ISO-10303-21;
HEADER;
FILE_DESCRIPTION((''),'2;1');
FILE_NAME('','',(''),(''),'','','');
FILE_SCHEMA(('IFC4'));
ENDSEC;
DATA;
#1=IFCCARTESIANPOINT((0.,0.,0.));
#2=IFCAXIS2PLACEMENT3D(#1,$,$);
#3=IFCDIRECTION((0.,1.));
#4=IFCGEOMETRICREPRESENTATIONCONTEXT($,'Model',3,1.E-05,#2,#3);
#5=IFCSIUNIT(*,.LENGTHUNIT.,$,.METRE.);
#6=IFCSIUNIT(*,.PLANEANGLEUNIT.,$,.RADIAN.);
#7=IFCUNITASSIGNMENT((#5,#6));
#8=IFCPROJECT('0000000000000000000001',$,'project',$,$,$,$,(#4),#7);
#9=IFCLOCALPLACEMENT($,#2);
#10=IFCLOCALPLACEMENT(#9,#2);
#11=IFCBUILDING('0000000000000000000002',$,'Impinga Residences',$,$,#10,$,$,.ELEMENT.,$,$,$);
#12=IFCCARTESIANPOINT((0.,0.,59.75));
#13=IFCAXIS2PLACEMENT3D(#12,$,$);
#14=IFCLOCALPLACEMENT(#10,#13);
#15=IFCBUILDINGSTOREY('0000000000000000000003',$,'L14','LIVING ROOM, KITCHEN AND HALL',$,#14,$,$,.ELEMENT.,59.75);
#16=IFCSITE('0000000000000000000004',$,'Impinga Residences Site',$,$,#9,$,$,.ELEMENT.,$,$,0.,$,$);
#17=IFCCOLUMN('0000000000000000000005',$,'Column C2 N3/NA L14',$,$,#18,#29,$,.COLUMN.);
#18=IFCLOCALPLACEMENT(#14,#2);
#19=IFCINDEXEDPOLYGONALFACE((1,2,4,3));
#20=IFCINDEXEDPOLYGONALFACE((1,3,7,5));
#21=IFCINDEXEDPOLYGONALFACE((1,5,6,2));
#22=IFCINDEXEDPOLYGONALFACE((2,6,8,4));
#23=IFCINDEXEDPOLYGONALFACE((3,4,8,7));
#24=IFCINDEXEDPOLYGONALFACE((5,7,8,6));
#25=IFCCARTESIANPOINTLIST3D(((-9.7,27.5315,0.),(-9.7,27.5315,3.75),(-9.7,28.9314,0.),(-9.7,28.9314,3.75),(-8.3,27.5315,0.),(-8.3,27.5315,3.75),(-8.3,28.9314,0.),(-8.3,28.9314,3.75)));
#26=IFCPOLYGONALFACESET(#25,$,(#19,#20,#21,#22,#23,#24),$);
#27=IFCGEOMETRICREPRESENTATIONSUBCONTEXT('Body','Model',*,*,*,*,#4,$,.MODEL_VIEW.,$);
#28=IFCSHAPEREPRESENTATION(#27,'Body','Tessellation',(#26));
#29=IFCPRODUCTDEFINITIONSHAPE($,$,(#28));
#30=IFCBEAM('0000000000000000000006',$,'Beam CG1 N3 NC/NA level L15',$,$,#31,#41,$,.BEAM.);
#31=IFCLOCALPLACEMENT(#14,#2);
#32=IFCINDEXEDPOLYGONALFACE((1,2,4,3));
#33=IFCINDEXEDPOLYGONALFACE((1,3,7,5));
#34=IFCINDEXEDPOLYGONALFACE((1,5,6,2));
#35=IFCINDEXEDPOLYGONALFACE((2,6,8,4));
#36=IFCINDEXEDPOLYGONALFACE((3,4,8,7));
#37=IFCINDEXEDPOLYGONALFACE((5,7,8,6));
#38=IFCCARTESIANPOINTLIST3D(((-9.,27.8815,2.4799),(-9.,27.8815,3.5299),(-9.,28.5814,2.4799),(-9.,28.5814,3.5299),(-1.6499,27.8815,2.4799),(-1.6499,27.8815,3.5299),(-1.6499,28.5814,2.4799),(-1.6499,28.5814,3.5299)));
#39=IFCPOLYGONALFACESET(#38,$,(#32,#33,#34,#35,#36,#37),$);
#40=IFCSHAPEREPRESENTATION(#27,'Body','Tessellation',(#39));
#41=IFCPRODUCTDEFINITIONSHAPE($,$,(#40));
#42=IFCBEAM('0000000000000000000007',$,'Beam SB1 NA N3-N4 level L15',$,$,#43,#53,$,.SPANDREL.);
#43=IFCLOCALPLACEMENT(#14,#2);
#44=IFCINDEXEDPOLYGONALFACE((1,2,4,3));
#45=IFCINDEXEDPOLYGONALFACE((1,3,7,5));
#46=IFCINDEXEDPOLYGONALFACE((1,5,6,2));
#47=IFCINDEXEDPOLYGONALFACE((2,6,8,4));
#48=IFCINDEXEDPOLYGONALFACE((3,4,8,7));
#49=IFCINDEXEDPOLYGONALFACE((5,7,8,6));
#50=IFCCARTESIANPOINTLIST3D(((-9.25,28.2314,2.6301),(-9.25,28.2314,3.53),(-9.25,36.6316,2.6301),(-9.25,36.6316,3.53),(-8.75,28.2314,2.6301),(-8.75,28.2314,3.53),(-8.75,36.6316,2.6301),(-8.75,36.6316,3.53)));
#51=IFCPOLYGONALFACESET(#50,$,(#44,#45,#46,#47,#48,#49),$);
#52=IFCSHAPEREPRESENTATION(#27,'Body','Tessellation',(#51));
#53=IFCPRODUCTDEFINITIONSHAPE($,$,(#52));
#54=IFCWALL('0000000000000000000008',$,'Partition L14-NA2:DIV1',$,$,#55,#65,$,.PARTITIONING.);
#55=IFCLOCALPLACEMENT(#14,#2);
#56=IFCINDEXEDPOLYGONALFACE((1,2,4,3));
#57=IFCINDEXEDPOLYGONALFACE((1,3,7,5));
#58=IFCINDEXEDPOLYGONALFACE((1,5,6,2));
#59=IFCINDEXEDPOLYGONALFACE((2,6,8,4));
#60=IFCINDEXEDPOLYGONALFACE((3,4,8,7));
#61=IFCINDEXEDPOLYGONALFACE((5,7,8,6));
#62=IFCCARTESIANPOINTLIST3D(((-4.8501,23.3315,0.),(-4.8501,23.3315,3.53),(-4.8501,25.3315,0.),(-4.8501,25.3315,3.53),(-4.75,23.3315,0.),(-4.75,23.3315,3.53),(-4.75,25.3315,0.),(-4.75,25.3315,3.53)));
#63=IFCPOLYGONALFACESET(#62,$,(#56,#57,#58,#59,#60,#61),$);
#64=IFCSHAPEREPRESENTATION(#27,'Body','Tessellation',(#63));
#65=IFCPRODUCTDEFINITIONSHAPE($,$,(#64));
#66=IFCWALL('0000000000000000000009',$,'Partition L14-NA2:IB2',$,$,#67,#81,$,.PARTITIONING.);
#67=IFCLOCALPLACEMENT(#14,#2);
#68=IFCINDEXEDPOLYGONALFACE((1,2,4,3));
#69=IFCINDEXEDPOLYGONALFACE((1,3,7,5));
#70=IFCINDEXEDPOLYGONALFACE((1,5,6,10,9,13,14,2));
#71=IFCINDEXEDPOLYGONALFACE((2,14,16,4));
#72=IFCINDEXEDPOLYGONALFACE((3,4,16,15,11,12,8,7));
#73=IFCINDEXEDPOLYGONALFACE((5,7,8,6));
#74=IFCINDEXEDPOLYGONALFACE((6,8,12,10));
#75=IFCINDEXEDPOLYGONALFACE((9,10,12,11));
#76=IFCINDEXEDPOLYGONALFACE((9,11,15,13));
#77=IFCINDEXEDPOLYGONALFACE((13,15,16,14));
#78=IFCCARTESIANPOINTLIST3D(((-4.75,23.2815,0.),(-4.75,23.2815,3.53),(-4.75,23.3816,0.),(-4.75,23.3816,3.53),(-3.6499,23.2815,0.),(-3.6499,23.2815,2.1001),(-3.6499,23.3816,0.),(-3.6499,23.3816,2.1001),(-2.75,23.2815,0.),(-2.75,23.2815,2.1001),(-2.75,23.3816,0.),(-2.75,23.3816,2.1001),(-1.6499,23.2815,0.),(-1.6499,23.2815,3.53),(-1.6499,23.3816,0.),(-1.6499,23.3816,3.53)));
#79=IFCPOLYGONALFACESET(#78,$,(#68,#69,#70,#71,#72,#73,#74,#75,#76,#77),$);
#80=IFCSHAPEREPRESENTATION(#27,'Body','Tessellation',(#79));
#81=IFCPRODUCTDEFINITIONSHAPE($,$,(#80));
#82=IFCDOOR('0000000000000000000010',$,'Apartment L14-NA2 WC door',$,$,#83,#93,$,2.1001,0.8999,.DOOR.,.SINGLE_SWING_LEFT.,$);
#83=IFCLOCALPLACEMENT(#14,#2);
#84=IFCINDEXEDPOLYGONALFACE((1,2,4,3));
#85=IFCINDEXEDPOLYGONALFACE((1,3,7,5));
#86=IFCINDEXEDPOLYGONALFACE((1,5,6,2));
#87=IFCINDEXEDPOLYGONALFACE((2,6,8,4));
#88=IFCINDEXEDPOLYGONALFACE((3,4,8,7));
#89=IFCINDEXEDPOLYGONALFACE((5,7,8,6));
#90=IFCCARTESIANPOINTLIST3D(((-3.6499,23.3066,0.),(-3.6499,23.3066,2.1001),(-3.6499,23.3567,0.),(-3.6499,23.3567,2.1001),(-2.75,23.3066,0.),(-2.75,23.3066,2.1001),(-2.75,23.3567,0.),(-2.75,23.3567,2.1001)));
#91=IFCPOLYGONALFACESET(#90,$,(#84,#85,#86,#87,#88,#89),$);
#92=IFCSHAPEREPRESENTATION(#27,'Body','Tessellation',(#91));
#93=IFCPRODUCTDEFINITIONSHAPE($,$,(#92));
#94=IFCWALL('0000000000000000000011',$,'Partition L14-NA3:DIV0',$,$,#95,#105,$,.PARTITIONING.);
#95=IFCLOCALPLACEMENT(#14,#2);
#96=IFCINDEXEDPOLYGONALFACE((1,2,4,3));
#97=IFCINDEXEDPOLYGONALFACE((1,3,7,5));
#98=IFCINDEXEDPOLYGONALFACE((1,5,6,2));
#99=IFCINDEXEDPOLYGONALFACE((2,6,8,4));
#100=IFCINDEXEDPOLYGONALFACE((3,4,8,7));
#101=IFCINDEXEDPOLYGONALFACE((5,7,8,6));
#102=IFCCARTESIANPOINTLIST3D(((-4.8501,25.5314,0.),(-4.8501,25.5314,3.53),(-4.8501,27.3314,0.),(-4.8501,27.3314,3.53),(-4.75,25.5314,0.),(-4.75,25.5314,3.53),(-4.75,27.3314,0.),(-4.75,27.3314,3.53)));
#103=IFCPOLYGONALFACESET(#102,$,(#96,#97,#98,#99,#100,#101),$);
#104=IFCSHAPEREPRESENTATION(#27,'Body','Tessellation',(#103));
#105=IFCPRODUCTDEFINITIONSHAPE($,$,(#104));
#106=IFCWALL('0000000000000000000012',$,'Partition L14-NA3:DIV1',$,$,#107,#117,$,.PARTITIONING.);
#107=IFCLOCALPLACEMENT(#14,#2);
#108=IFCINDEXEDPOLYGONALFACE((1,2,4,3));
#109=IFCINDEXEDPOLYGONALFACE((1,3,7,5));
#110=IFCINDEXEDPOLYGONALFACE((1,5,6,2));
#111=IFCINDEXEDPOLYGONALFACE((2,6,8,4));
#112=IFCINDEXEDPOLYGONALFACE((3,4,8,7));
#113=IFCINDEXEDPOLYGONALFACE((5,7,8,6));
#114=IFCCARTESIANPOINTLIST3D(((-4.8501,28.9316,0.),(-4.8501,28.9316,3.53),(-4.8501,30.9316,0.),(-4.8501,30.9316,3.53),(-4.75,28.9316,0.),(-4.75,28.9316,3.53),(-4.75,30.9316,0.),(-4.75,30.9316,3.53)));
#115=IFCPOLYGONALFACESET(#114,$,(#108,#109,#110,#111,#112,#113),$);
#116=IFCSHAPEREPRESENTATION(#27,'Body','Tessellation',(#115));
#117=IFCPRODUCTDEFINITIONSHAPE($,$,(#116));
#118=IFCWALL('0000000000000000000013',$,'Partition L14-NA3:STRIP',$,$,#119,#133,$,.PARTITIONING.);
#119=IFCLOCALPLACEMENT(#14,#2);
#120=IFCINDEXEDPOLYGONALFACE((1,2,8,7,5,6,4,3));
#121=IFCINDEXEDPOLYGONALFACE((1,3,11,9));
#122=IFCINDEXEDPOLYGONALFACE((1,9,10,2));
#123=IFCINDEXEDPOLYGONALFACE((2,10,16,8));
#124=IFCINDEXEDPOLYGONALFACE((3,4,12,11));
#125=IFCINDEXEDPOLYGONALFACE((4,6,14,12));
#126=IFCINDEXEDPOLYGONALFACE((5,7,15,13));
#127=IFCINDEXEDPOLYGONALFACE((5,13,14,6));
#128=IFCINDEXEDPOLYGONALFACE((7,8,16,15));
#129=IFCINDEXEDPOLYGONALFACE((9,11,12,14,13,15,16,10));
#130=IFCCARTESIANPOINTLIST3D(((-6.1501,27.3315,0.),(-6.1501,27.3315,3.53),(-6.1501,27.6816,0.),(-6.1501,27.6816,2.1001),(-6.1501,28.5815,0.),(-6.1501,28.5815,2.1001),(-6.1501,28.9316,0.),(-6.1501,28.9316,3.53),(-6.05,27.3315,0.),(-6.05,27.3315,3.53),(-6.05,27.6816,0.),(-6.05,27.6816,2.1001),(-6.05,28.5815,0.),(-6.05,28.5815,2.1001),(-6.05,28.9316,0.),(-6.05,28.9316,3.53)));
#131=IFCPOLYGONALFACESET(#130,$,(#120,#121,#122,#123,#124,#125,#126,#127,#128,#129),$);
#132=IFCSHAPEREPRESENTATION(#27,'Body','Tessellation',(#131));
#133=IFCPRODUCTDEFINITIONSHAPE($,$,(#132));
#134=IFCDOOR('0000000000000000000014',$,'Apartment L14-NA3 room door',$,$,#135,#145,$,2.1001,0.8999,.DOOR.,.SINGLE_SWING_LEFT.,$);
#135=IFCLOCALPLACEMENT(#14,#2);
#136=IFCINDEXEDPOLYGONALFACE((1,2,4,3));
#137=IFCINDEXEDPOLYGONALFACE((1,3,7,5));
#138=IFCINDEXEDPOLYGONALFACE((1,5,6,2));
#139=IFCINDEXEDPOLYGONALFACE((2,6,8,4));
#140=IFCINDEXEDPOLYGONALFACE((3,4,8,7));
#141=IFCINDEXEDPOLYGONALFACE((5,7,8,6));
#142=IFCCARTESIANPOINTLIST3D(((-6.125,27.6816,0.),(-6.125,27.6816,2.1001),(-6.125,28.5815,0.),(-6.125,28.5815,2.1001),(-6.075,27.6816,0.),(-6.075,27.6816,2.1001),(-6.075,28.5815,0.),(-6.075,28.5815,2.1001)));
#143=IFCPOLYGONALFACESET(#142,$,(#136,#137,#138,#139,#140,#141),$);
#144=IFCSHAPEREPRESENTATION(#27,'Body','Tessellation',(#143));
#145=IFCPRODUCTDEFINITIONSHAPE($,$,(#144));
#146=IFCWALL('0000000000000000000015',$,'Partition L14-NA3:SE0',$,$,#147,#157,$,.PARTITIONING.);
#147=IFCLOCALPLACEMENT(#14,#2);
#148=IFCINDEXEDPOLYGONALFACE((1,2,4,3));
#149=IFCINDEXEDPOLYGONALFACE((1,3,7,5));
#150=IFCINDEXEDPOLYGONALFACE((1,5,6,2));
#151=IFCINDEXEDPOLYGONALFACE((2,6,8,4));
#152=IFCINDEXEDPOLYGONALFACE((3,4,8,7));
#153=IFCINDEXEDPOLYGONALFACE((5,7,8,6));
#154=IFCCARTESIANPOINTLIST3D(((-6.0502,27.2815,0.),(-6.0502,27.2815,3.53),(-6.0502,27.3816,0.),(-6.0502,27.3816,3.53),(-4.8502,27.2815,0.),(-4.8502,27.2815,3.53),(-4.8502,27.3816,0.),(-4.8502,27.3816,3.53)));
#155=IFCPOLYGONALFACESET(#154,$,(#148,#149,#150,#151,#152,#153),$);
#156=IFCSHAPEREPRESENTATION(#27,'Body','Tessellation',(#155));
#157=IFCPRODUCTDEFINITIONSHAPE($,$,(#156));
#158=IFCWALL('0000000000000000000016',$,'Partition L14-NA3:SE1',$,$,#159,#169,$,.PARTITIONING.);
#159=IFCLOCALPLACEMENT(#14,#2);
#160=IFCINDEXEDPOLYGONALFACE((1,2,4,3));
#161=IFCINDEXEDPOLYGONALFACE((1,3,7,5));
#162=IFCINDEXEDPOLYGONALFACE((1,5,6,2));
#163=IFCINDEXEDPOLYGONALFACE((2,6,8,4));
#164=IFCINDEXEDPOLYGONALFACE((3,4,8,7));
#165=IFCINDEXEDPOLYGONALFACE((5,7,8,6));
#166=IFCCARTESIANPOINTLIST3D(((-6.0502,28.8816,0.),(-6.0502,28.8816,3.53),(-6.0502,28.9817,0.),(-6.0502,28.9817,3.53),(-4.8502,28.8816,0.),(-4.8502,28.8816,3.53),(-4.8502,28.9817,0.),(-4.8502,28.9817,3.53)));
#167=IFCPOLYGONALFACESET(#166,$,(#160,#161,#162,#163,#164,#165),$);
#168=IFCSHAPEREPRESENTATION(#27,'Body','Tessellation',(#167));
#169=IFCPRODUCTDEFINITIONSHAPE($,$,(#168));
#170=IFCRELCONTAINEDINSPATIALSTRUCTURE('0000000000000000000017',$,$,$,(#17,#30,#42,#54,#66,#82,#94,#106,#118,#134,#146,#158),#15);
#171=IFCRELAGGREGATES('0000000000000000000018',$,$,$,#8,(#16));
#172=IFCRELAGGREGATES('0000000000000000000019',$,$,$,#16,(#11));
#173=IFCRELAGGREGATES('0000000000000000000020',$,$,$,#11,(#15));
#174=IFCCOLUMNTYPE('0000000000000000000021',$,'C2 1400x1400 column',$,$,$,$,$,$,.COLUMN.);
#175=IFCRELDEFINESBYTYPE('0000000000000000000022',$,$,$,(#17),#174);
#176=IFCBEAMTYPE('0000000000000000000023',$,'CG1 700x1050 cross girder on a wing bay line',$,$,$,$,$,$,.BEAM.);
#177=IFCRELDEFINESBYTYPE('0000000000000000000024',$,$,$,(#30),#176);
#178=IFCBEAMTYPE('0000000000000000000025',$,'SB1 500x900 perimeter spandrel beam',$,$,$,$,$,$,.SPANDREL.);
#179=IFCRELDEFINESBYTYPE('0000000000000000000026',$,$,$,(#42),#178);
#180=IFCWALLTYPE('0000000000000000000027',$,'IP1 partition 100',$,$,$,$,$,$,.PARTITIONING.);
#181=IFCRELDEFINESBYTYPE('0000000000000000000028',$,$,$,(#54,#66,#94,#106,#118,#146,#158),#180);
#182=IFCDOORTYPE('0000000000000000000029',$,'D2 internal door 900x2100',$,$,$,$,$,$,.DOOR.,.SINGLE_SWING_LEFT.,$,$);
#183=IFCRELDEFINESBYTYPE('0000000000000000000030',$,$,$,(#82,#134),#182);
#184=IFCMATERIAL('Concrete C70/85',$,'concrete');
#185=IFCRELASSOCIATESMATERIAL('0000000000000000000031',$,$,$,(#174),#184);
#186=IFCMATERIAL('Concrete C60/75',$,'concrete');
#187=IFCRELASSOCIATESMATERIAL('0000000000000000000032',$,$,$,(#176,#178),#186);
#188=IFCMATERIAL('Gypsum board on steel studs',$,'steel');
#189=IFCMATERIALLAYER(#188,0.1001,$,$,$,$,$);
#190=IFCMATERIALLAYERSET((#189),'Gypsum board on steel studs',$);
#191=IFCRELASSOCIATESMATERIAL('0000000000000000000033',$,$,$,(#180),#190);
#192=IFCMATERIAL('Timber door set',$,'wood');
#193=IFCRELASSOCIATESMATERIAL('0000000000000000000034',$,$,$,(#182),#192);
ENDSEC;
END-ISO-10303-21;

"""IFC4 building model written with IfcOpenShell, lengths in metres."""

from ifc_helpers import new_model, si_unit, direction, frame, frame_2d, origin, origin_2d, place, context, subcontext, project, spatial, rectangle, extrude, material, layer, layer_set, material_profile, profile_set, type_object, element, fill, save


model = new_model("IFC4")

# Units and contexts
model_context = context("Model", 3, precision=1e-05, world=origin(), true_north=direction((0.0, 1.0)))
body_context = subcontext(model_context, "Body", "Model", "MODEL_VIEW")
ifc_project = project(units=[si_unit("LENGTHUNIT", "METRE"), si_unit("PLANEANGLEUNIT", "RADIAN")], contexts=[model_context])

# Site, building, storey
site_placement = place(None, origin())
site = spatial("IfcSite", under=ifc_project, at=site_placement, Name="Impinga Residences Site", CompositionType="ELEMENT", RefElevation=0.0)
building_placement = place(site_placement, origin())
building = spatial("IfcBuilding", under=site, at=building_placement, Name="Impinga Residences", CompositionType="ELEMENT")
storey_placement = place(building_placement, frame((0.0, 0.0, 59.75)))
storey = spatial("IfcBuildingStorey", under=building, at=storey_placement, Name="L14", Description="LIVING ROOM, KITCHEN AND HALL", CompositionType="ELEMENT", Elevation=59.75)

# Column
ifc_material_1 = material(Name="Concrete C70/85", Category="concrete")
ifc_material_profile_1 = material_profile(ifc_material_1, rectangle(XDim=1.3999, YDim=1.3999, at=origin_2d()), Name="RC 1400x1400")
ifc_profile_set_1 = profile_set([ifc_material_profile_1], Name="Concrete C70/85")
column_type = type_object("IfcColumnType", Name="C2 1400x1400 column", PredefinedType="COLUMN", material=ifc_profile_set_1)
column_placement = place(storey_placement, frame((-9.0, 28.2314, 0.0), z_axis=(0.0, 0.0, 1.0), x_axis=(1.0, 0.0, 0.0)))
element("IfcColumn", 1, at=column_placement, inside=storey, type_object=column_type, Name="Column C2 N3/NA L14", PredefinedType="COLUMN", context=body_context, shape_type="SweptSolid", body=[
    extrude(rectangle(XDim=1.3999, YDim=1.3999, at=origin_2d()), origin(), (0.0, 0.0, 1.0), 3.75),
])

# Beams
ifc_material_2 = material(Name="Concrete C60/75", Category="concrete")
ifc_material_profile_2 = material_profile(ifc_material_2, rectangle(XDim=0.7, YDim=1.05, at=origin_2d()), Name="RC 700x1050")
ifc_profile_set_2 = profile_set([ifc_material_profile_2], Name="Concrete C60/75")
beam_type_1 = type_object("IfcBeamType", Name="CG1 700x1050 cross girder on a wing bay line", PredefinedType="BEAM", material=ifc_profile_set_2)
beam_1_placement = place(storey_placement, frame((-1.6499, 28.2314, 3.0049), z_axis=(-1.0, 0.0, 0.0), x_axis=(0.0, -1.0, 0.0)))
element("IfcBeam", 2, at=beam_1_placement, inside=storey, type_object=beam_type_1, Name="Beam CG1 N3 NC/NA level L15", PredefinedType="BEAM", context=body_context, shape_type="SweptSolid", body=[
    extrude(rectangle(XDim=0.7, YDim=1.05, at=origin_2d()), origin(), (0.0, 0.0, 1.0), 7.3501),
])
ifc_material_profile_3 = material_profile(ifc_material_2, rectangle(XDim=0.5, YDim=0.8999, at=origin_2d()), Name="RC 500x900")
ifc_profile_set_3 = profile_set([ifc_material_profile_3], Name="Concrete C60/75")
beam_type_2 = type_object("IfcBeamType", Name="SB1 500x900 perimeter spandrel beam", PredefinedType="SPANDREL", material=ifc_profile_set_3)
beam_2_placement = place(storey_placement, frame((-9.0, 28.2314, 3.0801), z_axis=(0.0, 1.0, 0.0), x_axis=(-1.0, 0.0, 0.0)))
element("IfcBeam", 3, at=beam_2_placement, inside=storey, type_object=beam_type_2, Name="Beam SB1 NA N3-N4 level L15", PredefinedType="SPANDREL", context=body_context, shape_type="SweptSolid", body=[
    extrude(rectangle(XDim=0.5, YDim=0.8999, at=origin_2d()), origin(), (0.0, 0.0, 1.0), 8.4001),
])

# Wall
ifc_material_3 = material(Name="Gypsum board on steel studs", Category="steel")
ifc_layer_1 = layer(ifc_material_3, 0.1001)
ifc_layer_set_1 = layer_set([ifc_layer_1], Name="Gypsum board on steel studs")
wall_type_1 = type_object("IfcWallType", Name="IP1 partition 100", PredefinedType="PARTITIONING", material=ifc_layer_set_1)
wall_1_placement = place(storey_placement, frame((-4.8, 23.3315, 0.0), z_axis=(0.0, 0.0, 1.0), x_axis=(0.0, 1.0, 0.0)))
element("IfcWall", 4, at=wall_1_placement, inside=storey, type_object=wall_type_1, Name="Partition L14-NA2:DIV1", PredefinedType="PARTITIONING", context=body_context, shape_type="SweptSolid", body=[
    extrude(rectangle(XDim=2.0, YDim=0.1001, at=frame_2d((1.0, 0.0))), origin(), (0.0, 0.0, 1.0), 3.53),
])

# Wall, opening, door
wall_2_placement = place(storey_placement, frame((-1.6499, 23.3315, 0.0), z_axis=(0.0, 0.0, 1.0), x_axis=(-1.0, 0.0, 0.0)))
wall_2 = element("IfcWall", 5, at=wall_2_placement, inside=storey, type_object=wall_type_1, Name="Partition L14-NA2:IB2", PredefinedType="PARTITIONING", context=body_context, shape_type="SweptSolid", body=[
    extrude(rectangle(XDim=3.1001, YDim=0.1001, at=frame_2d((1.55, 0.0))), origin(), (0.0, 0.0, 1.0), 3.53),
])
opening_1_placement = place(wall_2_placement, frame((1.1001, 0.0, 0.0)))
opening_1 = element("IfcOpeningElement", 6, at=opening_1_placement, cuts=wall_2, PredefinedType="OPENING", context=body_context, shape_type="SweptSolid", body=[
    extrude(rectangle(XDim=0.8999, YDim=2.1001, at=frame_2d((0.45, 1.05))), frame((0.0, 0.0601, 0.0), z_axis=(0.0, -1.0, 0.0), x_axis=(1.0, 0.0, 0.0)), (0.0, 0.0, 1.0), 0.1201),
])
ifc_material_4 = material(Name="Timber door set", Category="wood")
door_type = type_object("IfcDoorType", Name="D2 internal door 900x2100", OperationType="SINGLE_SWING_LEFT", PredefinedType="DOOR", material=ifc_material_4)
door_1_placement = place(opening_1_placement, origin())
door_1 = element("IfcDoor", 7, at=door_1_placement, inside=storey, type_object=door_type, Name="Apartment L14-NA2 WC door", OperationType="SINGLE_SWING_LEFT", OverallHeight=2.1001, OverallWidth=0.8999, PredefinedType="DOOR", context=body_context, shape_type="SweptSolid", body=[
    extrude(rectangle(XDim=0.8999, YDim=2.1001, at=frame_2d((0.45, 1.05))), frame((0.0, 0.0249, 0.0), z_axis=(0.0, -1.0, 0.0), x_axis=(1.0, 0.0, 0.0)), (0.0, 0.0, 1.0), 0.05),
])
fill(opening_1, door_1)

# Walls
wall_3_placement = place(storey_placement, frame((-4.8, 25.5315, 0.0), z_axis=(0.0, 0.0, 1.0), x_axis=(0.0, 1.0, 0.0)))
element("IfcWall", 8, at=wall_3_placement, inside=storey, type_object=wall_type_1, Name="Partition L14-NA3:DIV0", PredefinedType="PARTITIONING", context=body_context, shape_type="SweptSolid", body=[
    extrude(rectangle(XDim=1.8, YDim=0.1001, at=frame_2d((0.8999, 0.0))), origin(), (0.0, 0.0, 1.0), 3.53),
])
wall_4_placement = place(storey_placement, frame((-4.8, 28.9316, 0.0), z_axis=(0.0, 0.0, 1.0), x_axis=(0.0, 1.0, 0.0)))
element("IfcWall", 9, at=wall_4_placement, inside=storey, type_object=wall_type_1, Name="Partition L14-NA3:DIV1", PredefinedType="PARTITIONING", context=body_context, shape_type="SweptSolid", body=[
    extrude(rectangle(XDim=2.0, YDim=0.1001, at=frame_2d((1.0, 0.0))), origin(), (0.0, 0.0, 1.0), 3.53),
])

# Wall, opening, door
wall_5_placement = place(storey_placement, frame((-6.1001, 27.3315, 0.0), z_axis=(0.0, 0.0, 1.0), x_axis=(0.0, 1.0, 0.0)))
wall_5 = element("IfcWall", 10, at=wall_5_placement, inside=storey, type_object=wall_type_1, Name="Partition L14-NA3:STRIP", PredefinedType="PARTITIONING", context=body_context, shape_type="SweptSolid", body=[
    extrude(rectangle(XDim=1.6001, YDim=0.1001, at=frame_2d((0.8, 0.0))), origin(), (0.0, 0.0, 1.0), 3.53),
])
opening_2_placement = place(wall_5_placement, frame((0.3501, 0.0, 0.0)))
opening_2 = element("IfcOpeningElement", 11, at=opening_2_placement, cuts=wall_5, PredefinedType="OPENING", context=body_context, shape_type="SweptSolid", body=[
    extrude(rectangle(XDim=0.8999, YDim=2.1001, at=frame_2d((0.45, 1.05))), frame((0.0, 0.0601, 0.0), z_axis=(0.0, -1.0, 0.0), x_axis=(1.0, 0.0, 0.0)), (0.0, 0.0, 1.0), 0.1201),
])
door_2_placement = place(opening_2_placement, origin())
door_2 = element("IfcDoor", 12, at=door_2_placement, inside=storey, type_object=door_type, Name="Apartment L14-NA3 room door", OperationType="SINGLE_SWING_LEFT", OverallHeight=2.1001, OverallWidth=0.8999, PredefinedType="DOOR", context=body_context, shape_type="SweptSolid", body=[
    extrude(rectangle(XDim=0.8999, YDim=2.1001, at=frame_2d((0.45, 1.05))), frame((0.0, 0.0249, 0.0), z_axis=(0.0, -1.0, 0.0), x_axis=(1.0, 0.0, 0.0)), (0.0, 0.0, 1.0), 0.05),
])
fill(opening_2, door_2)

# Walls
for number, where, z_axis, x_axis, name in (
    (13, (-4.8501, 27.3315, 0.0), (0.0, 0.0, 1.0), (-1.0, 0.0, 0.0), "Partition L14-NA3:SE0"),
    (14, (-4.8501, 28.9316, 0.0), (0.0, 0.0, 1.0), (-1.0, 0.0, 0.0), "Partition L14-NA3:SE1"),
):
    element("IfcWall", number, at=place(storey_placement, frame(where, z_axis=z_axis, x_axis=x_axis)), inside=storey, type_object=wall_type_1, Name=name, PredefinedType="PARTITIONING", context=body_context, shape_type="SweptSolid", body=[
        extrude(rectangle(XDim=1.2, YDim=0.1001, at=frame_2d((0.6001, 0.0))), origin(), (0.0, 0.0, 1.0), 3.53),
    ])

save(model, "model.ifc")
